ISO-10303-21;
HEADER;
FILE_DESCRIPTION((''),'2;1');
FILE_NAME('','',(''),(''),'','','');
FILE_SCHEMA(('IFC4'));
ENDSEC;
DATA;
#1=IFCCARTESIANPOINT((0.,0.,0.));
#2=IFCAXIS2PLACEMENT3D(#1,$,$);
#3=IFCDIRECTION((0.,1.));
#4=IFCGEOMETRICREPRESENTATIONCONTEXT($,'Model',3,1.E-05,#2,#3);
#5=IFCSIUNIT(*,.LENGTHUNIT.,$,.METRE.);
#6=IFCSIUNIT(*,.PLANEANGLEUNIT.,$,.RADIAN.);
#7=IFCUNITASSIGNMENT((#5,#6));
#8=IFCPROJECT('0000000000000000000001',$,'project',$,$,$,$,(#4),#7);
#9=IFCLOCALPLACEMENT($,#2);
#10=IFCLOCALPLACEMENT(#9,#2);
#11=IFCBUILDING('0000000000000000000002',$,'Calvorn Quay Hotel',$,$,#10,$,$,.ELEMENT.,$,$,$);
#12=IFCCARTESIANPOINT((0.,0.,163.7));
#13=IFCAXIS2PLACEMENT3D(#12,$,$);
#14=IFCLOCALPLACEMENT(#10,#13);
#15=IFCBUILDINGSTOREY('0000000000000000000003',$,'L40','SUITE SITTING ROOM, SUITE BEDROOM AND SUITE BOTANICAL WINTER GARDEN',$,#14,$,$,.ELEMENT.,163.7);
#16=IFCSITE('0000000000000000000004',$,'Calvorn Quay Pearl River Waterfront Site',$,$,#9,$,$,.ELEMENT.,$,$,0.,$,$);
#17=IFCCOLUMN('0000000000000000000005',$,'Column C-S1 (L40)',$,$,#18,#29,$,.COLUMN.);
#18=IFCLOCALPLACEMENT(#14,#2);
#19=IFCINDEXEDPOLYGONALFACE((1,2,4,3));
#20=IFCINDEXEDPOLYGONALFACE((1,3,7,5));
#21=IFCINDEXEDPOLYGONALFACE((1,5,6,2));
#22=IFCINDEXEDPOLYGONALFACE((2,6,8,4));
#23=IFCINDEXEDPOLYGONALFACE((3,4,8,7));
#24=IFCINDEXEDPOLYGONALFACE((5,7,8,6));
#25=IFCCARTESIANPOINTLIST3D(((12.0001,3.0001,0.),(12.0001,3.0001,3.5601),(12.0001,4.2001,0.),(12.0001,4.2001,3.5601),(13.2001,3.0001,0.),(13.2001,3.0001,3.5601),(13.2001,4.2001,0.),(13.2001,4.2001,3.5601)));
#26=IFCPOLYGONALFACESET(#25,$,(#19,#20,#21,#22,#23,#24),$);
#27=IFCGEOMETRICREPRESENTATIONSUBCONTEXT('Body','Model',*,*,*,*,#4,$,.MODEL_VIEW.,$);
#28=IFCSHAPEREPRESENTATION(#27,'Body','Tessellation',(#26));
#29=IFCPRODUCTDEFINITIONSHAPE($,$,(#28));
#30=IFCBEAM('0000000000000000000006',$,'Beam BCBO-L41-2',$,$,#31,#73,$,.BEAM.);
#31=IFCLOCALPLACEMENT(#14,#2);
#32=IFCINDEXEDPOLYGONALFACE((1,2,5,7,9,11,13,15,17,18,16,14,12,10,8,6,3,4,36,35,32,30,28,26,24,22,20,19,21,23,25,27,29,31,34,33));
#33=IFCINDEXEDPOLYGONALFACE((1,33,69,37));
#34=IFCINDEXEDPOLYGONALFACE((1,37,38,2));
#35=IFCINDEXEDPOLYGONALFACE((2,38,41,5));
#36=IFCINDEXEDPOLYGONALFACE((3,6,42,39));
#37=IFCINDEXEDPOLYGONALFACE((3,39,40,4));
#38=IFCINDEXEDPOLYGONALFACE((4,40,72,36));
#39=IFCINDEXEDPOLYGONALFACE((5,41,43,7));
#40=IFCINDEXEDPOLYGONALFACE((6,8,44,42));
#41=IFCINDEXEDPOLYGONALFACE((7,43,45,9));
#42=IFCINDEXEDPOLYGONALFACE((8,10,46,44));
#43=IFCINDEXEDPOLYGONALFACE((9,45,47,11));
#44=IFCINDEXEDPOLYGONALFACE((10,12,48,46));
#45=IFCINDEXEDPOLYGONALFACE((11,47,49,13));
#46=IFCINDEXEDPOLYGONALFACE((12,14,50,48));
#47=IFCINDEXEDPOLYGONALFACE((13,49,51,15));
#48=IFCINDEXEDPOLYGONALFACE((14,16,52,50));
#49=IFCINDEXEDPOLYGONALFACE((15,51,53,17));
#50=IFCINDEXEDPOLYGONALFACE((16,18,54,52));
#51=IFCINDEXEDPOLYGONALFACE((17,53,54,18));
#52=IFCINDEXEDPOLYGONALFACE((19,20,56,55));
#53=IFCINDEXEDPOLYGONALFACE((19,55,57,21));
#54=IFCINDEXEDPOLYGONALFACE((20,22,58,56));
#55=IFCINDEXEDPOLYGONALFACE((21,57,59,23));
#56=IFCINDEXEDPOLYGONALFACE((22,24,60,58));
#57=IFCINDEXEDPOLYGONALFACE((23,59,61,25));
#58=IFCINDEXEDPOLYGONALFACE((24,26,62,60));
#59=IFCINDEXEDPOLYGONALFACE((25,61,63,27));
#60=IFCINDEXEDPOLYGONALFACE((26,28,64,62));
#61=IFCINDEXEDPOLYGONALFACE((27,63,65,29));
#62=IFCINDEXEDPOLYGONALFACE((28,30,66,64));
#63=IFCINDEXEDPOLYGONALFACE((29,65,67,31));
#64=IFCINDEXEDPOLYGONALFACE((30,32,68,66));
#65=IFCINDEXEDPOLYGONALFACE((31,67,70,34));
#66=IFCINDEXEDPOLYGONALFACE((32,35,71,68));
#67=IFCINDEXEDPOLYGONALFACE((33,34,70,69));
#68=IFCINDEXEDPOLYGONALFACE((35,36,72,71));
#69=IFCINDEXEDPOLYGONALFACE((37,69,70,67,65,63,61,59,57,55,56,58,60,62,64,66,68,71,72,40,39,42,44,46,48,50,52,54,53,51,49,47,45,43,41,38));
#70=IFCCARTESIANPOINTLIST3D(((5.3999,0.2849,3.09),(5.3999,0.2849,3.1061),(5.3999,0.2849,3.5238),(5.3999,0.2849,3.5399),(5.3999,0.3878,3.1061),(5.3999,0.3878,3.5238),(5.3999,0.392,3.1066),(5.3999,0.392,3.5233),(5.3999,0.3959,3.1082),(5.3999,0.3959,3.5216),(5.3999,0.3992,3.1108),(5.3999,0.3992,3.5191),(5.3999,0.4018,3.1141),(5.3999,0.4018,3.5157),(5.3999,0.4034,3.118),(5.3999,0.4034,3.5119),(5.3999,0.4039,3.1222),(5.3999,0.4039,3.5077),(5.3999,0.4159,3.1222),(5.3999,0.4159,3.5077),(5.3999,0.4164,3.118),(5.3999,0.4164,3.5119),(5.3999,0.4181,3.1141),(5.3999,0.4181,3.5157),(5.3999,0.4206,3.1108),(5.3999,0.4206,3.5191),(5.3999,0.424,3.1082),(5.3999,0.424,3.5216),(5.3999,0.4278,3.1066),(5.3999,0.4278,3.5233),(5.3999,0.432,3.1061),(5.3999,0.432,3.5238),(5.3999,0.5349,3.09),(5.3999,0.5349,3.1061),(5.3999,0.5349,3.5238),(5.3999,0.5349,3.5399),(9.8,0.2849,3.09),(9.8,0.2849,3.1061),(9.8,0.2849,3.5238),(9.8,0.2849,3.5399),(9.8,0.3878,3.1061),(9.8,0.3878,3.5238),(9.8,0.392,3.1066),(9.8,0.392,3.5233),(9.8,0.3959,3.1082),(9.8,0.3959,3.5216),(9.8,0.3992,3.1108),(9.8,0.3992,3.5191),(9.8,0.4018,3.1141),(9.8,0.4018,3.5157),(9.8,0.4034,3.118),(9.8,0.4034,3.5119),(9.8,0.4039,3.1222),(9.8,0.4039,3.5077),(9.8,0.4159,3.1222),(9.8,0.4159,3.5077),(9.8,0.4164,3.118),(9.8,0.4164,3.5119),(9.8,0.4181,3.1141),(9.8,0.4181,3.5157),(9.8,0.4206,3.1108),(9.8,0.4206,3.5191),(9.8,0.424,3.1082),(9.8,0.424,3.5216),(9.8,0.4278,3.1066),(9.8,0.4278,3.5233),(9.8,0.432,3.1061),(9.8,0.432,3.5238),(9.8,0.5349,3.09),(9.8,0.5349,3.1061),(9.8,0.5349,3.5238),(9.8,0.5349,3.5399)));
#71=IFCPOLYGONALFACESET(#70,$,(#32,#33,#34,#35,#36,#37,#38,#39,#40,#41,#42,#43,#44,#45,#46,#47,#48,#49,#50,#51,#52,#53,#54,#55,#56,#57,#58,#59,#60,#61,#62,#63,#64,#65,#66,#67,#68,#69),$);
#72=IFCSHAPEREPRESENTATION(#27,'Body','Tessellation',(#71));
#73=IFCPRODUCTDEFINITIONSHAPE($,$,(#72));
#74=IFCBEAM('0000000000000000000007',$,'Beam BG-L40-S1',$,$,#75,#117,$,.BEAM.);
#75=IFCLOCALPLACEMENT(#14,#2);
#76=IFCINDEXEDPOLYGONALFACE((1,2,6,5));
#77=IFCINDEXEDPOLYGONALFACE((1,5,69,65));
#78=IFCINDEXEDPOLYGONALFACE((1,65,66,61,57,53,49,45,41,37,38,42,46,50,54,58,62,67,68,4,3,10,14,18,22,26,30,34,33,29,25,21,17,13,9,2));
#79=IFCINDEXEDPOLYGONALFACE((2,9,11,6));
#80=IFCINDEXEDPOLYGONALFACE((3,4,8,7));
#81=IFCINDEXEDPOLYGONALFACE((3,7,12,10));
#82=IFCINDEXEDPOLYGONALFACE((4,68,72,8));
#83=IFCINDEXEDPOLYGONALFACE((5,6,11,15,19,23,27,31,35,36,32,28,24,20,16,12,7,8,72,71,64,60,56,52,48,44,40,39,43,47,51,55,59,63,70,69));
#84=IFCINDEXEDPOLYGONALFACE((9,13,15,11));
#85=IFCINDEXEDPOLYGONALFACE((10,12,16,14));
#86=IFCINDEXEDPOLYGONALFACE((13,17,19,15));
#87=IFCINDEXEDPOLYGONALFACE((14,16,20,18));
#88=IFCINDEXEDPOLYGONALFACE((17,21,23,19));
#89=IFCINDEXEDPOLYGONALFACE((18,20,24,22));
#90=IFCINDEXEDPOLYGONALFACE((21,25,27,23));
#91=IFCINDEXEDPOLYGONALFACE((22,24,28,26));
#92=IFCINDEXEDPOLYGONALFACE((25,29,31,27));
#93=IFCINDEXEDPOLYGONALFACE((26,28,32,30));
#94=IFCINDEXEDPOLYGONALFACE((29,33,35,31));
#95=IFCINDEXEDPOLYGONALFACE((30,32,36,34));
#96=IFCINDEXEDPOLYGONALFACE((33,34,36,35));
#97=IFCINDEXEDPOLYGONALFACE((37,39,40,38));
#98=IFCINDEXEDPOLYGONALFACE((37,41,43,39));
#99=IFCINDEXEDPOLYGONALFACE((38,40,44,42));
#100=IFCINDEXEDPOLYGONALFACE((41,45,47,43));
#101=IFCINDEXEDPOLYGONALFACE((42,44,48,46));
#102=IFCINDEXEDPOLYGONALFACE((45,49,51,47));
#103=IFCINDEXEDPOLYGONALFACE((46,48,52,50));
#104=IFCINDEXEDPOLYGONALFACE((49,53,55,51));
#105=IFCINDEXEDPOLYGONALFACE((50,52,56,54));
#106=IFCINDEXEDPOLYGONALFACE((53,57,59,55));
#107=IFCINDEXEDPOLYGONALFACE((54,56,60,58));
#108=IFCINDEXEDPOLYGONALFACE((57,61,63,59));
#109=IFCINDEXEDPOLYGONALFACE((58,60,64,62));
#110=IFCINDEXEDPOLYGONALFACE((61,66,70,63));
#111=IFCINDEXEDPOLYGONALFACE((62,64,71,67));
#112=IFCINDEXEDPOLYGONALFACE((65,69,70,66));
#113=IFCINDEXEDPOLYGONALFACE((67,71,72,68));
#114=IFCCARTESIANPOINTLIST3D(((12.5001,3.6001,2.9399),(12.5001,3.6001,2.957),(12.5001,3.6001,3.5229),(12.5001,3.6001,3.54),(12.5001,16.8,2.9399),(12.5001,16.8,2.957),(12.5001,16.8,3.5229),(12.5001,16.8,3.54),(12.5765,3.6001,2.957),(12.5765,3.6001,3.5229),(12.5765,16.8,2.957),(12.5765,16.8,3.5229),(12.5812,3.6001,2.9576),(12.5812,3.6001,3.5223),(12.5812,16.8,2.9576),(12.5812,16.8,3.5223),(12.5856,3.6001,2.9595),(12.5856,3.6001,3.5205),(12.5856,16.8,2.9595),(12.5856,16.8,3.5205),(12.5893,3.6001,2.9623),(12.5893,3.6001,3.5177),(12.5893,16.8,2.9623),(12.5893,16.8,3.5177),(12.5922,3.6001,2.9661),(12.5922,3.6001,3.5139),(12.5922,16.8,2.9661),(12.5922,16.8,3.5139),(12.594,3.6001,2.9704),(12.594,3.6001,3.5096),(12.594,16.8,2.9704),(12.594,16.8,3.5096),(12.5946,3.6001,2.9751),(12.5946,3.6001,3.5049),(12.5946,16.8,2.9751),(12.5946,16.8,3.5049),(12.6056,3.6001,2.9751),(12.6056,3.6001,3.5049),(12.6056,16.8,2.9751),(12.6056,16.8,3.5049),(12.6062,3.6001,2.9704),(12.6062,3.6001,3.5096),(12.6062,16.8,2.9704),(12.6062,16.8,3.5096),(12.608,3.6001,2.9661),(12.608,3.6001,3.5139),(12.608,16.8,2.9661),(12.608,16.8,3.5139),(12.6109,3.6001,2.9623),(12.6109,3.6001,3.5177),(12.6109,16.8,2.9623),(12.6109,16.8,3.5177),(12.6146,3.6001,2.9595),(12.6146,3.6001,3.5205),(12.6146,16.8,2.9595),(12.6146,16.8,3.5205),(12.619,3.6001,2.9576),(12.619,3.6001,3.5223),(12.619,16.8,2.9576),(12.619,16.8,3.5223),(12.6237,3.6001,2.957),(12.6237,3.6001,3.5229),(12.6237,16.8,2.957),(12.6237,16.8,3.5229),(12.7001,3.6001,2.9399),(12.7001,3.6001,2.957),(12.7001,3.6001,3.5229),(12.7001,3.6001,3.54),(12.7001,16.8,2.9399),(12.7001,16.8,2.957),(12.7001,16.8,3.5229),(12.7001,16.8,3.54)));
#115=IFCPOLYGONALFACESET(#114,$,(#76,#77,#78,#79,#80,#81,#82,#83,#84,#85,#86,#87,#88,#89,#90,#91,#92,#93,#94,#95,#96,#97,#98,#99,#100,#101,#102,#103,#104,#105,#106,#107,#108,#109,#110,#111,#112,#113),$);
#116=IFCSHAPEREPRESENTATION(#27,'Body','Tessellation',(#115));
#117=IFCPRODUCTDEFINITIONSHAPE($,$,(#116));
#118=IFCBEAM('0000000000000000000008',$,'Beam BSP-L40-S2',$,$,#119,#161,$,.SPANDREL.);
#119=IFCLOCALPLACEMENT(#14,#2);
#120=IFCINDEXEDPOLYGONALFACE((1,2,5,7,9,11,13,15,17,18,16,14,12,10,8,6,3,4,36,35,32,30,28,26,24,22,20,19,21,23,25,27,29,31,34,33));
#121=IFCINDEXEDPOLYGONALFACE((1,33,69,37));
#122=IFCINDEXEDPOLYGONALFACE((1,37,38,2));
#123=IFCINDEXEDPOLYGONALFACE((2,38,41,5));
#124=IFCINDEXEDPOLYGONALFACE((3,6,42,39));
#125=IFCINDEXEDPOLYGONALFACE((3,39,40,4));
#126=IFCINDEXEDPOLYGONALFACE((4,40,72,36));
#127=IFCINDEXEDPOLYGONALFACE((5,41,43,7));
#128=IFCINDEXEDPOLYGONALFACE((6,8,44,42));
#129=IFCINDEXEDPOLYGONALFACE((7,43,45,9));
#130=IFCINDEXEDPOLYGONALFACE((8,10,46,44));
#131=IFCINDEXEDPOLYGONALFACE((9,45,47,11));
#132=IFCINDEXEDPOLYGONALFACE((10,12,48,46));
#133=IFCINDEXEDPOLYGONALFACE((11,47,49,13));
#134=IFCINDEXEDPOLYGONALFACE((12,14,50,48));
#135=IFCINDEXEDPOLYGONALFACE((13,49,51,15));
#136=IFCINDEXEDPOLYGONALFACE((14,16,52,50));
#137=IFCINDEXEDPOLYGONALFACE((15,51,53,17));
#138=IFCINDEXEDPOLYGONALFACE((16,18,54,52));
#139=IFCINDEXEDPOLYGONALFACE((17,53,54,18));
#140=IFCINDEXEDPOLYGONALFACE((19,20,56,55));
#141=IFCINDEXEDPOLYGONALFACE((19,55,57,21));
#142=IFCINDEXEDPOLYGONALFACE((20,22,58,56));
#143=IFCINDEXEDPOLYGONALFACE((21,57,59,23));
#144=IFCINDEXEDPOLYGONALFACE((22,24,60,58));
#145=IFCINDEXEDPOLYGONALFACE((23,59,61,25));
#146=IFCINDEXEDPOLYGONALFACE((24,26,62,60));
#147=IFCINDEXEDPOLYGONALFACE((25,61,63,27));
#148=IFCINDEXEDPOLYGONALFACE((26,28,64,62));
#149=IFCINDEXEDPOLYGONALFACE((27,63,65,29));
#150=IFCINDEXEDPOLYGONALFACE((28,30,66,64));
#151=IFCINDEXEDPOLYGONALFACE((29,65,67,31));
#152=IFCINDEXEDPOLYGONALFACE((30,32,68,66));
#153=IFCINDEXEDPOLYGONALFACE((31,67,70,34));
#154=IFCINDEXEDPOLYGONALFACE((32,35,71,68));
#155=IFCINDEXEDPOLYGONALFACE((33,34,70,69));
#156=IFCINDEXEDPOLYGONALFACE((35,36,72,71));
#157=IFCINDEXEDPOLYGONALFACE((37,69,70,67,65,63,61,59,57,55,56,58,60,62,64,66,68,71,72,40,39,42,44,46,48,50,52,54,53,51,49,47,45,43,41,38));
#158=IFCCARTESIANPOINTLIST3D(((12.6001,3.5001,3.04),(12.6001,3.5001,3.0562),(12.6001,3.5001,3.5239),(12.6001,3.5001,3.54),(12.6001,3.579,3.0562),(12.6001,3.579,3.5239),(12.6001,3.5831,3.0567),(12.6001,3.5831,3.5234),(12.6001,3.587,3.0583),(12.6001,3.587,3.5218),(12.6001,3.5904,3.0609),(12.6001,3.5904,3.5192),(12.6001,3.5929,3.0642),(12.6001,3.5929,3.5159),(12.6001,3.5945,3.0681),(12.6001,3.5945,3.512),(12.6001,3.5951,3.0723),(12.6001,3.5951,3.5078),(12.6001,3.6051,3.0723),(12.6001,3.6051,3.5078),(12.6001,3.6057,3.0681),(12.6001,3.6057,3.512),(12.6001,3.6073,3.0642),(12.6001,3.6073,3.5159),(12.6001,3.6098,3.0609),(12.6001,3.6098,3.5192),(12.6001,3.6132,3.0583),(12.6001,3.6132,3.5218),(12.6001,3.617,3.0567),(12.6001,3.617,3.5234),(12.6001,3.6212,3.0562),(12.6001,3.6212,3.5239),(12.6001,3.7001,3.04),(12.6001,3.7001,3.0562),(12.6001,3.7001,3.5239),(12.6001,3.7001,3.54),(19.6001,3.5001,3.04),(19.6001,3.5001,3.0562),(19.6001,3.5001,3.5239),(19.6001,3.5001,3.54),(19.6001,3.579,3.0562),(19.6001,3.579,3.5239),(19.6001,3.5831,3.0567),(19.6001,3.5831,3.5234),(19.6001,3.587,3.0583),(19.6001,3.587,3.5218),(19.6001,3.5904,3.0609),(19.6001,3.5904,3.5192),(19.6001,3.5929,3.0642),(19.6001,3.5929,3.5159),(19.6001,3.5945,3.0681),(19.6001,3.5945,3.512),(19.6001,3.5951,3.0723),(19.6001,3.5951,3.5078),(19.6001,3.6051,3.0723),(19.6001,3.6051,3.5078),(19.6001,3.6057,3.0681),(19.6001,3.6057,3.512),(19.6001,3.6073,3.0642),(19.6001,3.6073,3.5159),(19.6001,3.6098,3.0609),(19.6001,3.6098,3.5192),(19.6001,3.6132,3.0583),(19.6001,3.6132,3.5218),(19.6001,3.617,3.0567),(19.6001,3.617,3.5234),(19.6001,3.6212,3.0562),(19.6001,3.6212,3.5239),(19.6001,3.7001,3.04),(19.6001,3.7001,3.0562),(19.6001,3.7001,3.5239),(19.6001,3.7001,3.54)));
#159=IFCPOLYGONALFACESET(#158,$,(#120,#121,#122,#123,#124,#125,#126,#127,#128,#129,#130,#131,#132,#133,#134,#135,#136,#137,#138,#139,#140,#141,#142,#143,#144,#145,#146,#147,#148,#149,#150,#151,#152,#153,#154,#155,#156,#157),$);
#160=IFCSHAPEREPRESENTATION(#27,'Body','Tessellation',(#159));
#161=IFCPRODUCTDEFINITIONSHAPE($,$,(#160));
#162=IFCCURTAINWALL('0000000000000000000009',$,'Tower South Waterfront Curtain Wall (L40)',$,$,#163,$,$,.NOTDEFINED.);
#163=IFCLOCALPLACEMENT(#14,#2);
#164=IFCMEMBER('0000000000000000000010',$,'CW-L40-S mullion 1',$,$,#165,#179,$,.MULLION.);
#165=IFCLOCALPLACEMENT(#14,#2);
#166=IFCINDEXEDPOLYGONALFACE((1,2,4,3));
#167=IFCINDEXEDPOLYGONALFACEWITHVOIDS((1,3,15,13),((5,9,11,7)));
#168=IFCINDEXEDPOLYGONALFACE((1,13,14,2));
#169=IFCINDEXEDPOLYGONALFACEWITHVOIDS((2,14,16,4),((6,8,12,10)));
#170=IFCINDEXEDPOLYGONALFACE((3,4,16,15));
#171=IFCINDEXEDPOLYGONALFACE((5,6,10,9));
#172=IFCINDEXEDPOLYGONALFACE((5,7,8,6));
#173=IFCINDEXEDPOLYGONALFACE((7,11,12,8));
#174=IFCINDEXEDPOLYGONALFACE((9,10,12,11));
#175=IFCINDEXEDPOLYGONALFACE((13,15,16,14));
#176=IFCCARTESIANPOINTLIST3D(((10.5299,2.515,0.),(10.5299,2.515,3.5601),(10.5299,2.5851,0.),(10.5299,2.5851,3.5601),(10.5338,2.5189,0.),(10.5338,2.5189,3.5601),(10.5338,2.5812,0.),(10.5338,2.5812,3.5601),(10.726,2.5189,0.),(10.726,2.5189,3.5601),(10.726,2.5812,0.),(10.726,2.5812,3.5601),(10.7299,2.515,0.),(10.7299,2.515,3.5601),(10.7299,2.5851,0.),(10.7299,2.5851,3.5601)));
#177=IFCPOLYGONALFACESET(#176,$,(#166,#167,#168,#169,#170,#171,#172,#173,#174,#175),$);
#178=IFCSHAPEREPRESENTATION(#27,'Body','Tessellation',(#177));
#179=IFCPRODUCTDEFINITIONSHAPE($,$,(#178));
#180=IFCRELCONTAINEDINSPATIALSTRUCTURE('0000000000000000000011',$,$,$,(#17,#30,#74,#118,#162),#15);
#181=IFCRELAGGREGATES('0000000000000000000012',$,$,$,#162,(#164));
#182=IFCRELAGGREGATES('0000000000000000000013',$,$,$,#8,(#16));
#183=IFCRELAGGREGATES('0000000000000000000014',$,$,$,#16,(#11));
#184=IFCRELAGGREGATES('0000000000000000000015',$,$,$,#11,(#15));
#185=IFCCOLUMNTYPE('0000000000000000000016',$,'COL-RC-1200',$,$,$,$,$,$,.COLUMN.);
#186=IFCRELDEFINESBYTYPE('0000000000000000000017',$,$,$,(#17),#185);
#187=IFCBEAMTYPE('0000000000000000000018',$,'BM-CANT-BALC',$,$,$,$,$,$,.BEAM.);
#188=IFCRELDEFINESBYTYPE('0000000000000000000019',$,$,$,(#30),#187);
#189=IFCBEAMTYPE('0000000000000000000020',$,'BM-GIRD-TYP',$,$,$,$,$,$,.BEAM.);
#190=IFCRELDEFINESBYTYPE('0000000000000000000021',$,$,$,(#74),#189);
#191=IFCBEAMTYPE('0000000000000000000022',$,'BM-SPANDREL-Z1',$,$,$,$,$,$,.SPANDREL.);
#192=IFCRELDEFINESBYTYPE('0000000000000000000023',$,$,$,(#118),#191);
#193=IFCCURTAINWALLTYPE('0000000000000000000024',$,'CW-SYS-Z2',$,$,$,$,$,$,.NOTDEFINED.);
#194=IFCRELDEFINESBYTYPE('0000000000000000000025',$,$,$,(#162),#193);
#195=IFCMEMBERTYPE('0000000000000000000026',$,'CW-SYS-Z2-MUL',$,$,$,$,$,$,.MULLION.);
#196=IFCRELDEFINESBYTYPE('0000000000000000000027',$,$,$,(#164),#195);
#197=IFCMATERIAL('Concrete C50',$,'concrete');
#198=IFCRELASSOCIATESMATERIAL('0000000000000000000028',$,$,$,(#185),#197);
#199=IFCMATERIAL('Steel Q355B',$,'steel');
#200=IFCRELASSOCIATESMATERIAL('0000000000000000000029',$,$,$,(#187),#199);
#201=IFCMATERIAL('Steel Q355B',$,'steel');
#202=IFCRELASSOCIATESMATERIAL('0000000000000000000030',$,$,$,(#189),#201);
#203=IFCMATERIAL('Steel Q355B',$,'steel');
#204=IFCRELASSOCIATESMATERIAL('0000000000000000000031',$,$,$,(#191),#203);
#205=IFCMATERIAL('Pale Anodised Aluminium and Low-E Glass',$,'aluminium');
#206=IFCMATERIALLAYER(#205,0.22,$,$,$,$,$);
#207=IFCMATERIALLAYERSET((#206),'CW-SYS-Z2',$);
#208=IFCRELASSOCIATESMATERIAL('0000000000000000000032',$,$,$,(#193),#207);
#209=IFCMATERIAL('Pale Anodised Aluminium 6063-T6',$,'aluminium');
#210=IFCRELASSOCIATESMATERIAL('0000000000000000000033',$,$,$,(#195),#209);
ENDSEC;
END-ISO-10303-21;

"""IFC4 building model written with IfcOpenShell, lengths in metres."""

from ifc_helpers import new_model, si_unit, direction, frame, origin, origin_2d, place, context, subcontext, project, spatial, rectangle, hollow_rectangle, i_section, extrude, material, layer, layer_set, material_profile, profile_set, type_object, element, aggregate, save


model = new_model("IFC4")

# Units and contexts
model_context = context("Model", 3, precision=1e-05, world=origin(), true_north=direction((0.0, 1.0)))
body_context = subcontext(model_context, "Body", "Model", "MODEL_VIEW")
ifc_project = project(units=[si_unit("LENGTHUNIT", "METRE"), si_unit("PLANEANGLEUNIT", "RADIAN")], contexts=[model_context])

# Site, building, storey
site_placement = place(None, origin())
site = spatial("IfcSite", under=ifc_project, at=site_placement, Name="Calvorn Quay Pearl River Waterfront Site", CompositionType="ELEMENT", RefElevation=0.0)
building_placement = place(site_placement, origin())
building = spatial("IfcBuilding", under=site, at=building_placement, Name="Calvorn Quay Hotel", CompositionType="ELEMENT")
storey_placement = place(building_placement, frame((0.0, 0.0, 163.7)))
storey = spatial("IfcBuildingStorey", under=building, at=storey_placement, Name="L40", Description="SUITE SITTING ROOM, SUITE BEDROOM AND SUITE BOTANICAL WINTER GARDEN", CompositionType="ELEMENT", Elevation=163.7)

# Column
ifc_material_1 = material(Name="Concrete C50", Category="concrete")
ifc_material_profile_1 = material_profile(ifc_material_1, rectangle(XDim=1.2, YDim=1.2, at=origin_2d()), Name="RC1200x1200")
ifc_profile_set_1 = profile_set([ifc_material_profile_1], Name="Concrete C50")
column_type = type_object("IfcColumnType", Name="COL-RC-1200", PredefinedType="COLUMN", material=ifc_profile_set_1)
column_placement = place(storey_placement, frame((12.6001, 3.6001, 0.0), z_axis=(0.0, 0.0, 1.0), x_axis=(1.0, 0.0, 0.0)))
element("IfcColumn", 1, at=column_placement, inside=storey, type_object=column_type, Name="Column C-S1 (L40)", PredefinedType="COLUMN", context=body_context, shape_type="SweptSolid", body=[
    extrude(rectangle(XDim=1.2, YDim=1.2, at=origin_2d()), origin(), (0.0, 0.0, 1.0), 3.5601),
])

# Beams
ifc_material_2 = material(Name="Steel Q355B", Category="steel")
ifc_material_profile_2 = material_profile(ifc_material_2, i_section(OverallWidth=0.25, OverallDepth=0.45, WebThickness=0.012, FlangeThickness=0.0161, FilletRadius=0.0161, at=origin_2d()), Name="HN450x250x12x16")
ifc_profile_set_2 = profile_set([ifc_material_profile_2], Name="Steel Q355B")
beam_type_1 = type_object("IfcBeamType", Name="BM-CANT-BALC", PredefinedType="BEAM", material=ifc_profile_set_2)
beam_1_placement = place(storey_placement, frame((5.3999, 0.4099, 3.3149), z_axis=(1.0, 0.0, 0.0), x_axis=(0.0, 1.0, 0.0)))
element("IfcBeam", 2, at=beam_1_placement, inside=storey, type_object=beam_type_1, Name="Beam BCBO-L41-2", PredefinedType="BEAM", context=body_context, shape_type="SweptSolid", body=[
    extrude(i_section(OverallWidth=0.25, OverallDepth=0.45, WebThickness=0.012, FlangeThickness=0.0161, FilletRadius=0.0161, at=origin_2d()), origin(), (0.0, 0.0, 1.0), 4.4001),
])
ifc_material_3 = material(Name="Steel Q355B", Category="steel")
ifc_material_profile_3 = material_profile(ifc_material_3, i_section(OverallWidth=0.2, OverallDepth=0.6001, WebThickness=0.011, FlangeThickness=0.0171, FilletRadius=0.0181, at=origin_2d()), Name="HN600x200x11x17")
ifc_profile_set_3 = profile_set([ifc_material_profile_3], Name="Steel Q355B")
beam_type_2 = type_object("IfcBeamType", Name="BM-GIRD-TYP", PredefinedType="BEAM", material=ifc_profile_set_3)
beam_2_placement = place(storey_placement, frame((12.6001, 3.6001, 3.24), z_axis=(0.0, 1.0, 0.0), x_axis=(-1.0, 0.0, 0.0)))
element("IfcBeam", 3, at=beam_2_placement, inside=storey, type_object=beam_type_2, Name="Beam BG-L40-S1", PredefinedType="BEAM", context=body_context, shape_type="SweptSolid", body=[
    extrude(i_section(OverallWidth=0.2, OverallDepth=0.6001, WebThickness=0.011, FlangeThickness=0.0171, FilletRadius=0.0181, at=origin_2d()), origin(), (0.0, 0.0, 1.0), 13.2),
])
ifc_material_4 = material(Name="Steel Q355B", Category="steel")
ifc_material_profile_4 = material_profile(ifc_material_4, i_section(OverallWidth=0.2, OverallDepth=0.5, WebThickness=0.01, FlangeThickness=0.0161, FilletRadius=0.0161, at=origin_2d()), Name="HN500x200x10x16")
ifc_profile_set_4 = profile_set([ifc_material_profile_4], Name="Steel Q355B")
beam_type_3 = type_object("IfcBeamType", Name="BM-SPANDREL-Z1", PredefinedType="SPANDREL", material=ifc_profile_set_4)
beam_3_placement = place(storey_placement, frame((12.6001, 3.6001, 3.29), z_axis=(1.0, 0.0, 0.0), x_axis=(0.0, 1.0, 0.0)))
element("IfcBeam", 4, at=beam_3_placement, inside=storey, type_object=beam_type_3, Name="Beam BSP-L40-S2", PredefinedType="SPANDREL", context=body_context, shape_type="SweptSolid", body=[
    extrude(i_section(OverallWidth=0.2, OverallDepth=0.5, WebThickness=0.01, FlangeThickness=0.0161, FilletRadius=0.0161, at=origin_2d()), origin(), (0.0, 0.0, 1.0), 7.0),
])

# Curtain wall, member
ifc_material_5 = material(Name="Pale Anodised Aluminium and Low-E Glass", Category="aluminium")
ifc_layer_1 = layer(ifc_material_5, 0.22)
ifc_layer_set_1 = layer_set([ifc_layer_1], Name="CW-SYS-Z2")
curtain_wall_type = type_object("IfcCurtainWallType", Name="CW-SYS-Z2", PredefinedType="NOTDEFINED", material=ifc_layer_set_1)
curtain_wall_placement = place(storey_placement, origin())
curtain_wall = element("IfcCurtainWall", 5, at=curtain_wall_placement, inside=storey, type_object=curtain_wall_type, Name="Tower South Waterfront Curtain Wall (L40)", PredefinedType="NOTDEFINED")
ifc_material_6 = material(Name="Pale Anodised Aluminium 6063-T6", Category="aluminium")
ifc_material_profile_5 = material_profile(ifc_material_6, hollow_rectangle(XDim=0.0701, YDim=0.2, WallThickness=0.0039, at=origin_2d()), Name="ALU-M200x70x4")
ifc_profile_set_5 = profile_set([ifc_material_profile_5], Name="Pale Anodised Aluminium 6063-T6")
member_type_1 = type_object("IfcMemberType", Name="CW-SYS-Z2-MUL", PredefinedType="MULLION", material=ifc_profile_set_5)
member_1_placement = place(storey_placement, frame((10.6299, 2.55, 0.0), z_axis=(0.0, 0.0, 1.0), x_axis=(0.0, 1.0, 0.0)))
member_1 = element("IfcMember", 6, at=member_1_placement, type_object=member_type_1, Name="CW-L40-S mullion 1", PredefinedType="MULLION", context=body_context, shape_type="SweptSolid", body=[
    extrude(hollow_rectangle(XDim=0.0701, YDim=0.2, WallThickness=0.0039, at=origin_2d()), origin(), (0.0, 0.0, 1.0), 3.5601),
])
aggregate(curtain_wall, [member_1])

save(model, "model.ifc")
